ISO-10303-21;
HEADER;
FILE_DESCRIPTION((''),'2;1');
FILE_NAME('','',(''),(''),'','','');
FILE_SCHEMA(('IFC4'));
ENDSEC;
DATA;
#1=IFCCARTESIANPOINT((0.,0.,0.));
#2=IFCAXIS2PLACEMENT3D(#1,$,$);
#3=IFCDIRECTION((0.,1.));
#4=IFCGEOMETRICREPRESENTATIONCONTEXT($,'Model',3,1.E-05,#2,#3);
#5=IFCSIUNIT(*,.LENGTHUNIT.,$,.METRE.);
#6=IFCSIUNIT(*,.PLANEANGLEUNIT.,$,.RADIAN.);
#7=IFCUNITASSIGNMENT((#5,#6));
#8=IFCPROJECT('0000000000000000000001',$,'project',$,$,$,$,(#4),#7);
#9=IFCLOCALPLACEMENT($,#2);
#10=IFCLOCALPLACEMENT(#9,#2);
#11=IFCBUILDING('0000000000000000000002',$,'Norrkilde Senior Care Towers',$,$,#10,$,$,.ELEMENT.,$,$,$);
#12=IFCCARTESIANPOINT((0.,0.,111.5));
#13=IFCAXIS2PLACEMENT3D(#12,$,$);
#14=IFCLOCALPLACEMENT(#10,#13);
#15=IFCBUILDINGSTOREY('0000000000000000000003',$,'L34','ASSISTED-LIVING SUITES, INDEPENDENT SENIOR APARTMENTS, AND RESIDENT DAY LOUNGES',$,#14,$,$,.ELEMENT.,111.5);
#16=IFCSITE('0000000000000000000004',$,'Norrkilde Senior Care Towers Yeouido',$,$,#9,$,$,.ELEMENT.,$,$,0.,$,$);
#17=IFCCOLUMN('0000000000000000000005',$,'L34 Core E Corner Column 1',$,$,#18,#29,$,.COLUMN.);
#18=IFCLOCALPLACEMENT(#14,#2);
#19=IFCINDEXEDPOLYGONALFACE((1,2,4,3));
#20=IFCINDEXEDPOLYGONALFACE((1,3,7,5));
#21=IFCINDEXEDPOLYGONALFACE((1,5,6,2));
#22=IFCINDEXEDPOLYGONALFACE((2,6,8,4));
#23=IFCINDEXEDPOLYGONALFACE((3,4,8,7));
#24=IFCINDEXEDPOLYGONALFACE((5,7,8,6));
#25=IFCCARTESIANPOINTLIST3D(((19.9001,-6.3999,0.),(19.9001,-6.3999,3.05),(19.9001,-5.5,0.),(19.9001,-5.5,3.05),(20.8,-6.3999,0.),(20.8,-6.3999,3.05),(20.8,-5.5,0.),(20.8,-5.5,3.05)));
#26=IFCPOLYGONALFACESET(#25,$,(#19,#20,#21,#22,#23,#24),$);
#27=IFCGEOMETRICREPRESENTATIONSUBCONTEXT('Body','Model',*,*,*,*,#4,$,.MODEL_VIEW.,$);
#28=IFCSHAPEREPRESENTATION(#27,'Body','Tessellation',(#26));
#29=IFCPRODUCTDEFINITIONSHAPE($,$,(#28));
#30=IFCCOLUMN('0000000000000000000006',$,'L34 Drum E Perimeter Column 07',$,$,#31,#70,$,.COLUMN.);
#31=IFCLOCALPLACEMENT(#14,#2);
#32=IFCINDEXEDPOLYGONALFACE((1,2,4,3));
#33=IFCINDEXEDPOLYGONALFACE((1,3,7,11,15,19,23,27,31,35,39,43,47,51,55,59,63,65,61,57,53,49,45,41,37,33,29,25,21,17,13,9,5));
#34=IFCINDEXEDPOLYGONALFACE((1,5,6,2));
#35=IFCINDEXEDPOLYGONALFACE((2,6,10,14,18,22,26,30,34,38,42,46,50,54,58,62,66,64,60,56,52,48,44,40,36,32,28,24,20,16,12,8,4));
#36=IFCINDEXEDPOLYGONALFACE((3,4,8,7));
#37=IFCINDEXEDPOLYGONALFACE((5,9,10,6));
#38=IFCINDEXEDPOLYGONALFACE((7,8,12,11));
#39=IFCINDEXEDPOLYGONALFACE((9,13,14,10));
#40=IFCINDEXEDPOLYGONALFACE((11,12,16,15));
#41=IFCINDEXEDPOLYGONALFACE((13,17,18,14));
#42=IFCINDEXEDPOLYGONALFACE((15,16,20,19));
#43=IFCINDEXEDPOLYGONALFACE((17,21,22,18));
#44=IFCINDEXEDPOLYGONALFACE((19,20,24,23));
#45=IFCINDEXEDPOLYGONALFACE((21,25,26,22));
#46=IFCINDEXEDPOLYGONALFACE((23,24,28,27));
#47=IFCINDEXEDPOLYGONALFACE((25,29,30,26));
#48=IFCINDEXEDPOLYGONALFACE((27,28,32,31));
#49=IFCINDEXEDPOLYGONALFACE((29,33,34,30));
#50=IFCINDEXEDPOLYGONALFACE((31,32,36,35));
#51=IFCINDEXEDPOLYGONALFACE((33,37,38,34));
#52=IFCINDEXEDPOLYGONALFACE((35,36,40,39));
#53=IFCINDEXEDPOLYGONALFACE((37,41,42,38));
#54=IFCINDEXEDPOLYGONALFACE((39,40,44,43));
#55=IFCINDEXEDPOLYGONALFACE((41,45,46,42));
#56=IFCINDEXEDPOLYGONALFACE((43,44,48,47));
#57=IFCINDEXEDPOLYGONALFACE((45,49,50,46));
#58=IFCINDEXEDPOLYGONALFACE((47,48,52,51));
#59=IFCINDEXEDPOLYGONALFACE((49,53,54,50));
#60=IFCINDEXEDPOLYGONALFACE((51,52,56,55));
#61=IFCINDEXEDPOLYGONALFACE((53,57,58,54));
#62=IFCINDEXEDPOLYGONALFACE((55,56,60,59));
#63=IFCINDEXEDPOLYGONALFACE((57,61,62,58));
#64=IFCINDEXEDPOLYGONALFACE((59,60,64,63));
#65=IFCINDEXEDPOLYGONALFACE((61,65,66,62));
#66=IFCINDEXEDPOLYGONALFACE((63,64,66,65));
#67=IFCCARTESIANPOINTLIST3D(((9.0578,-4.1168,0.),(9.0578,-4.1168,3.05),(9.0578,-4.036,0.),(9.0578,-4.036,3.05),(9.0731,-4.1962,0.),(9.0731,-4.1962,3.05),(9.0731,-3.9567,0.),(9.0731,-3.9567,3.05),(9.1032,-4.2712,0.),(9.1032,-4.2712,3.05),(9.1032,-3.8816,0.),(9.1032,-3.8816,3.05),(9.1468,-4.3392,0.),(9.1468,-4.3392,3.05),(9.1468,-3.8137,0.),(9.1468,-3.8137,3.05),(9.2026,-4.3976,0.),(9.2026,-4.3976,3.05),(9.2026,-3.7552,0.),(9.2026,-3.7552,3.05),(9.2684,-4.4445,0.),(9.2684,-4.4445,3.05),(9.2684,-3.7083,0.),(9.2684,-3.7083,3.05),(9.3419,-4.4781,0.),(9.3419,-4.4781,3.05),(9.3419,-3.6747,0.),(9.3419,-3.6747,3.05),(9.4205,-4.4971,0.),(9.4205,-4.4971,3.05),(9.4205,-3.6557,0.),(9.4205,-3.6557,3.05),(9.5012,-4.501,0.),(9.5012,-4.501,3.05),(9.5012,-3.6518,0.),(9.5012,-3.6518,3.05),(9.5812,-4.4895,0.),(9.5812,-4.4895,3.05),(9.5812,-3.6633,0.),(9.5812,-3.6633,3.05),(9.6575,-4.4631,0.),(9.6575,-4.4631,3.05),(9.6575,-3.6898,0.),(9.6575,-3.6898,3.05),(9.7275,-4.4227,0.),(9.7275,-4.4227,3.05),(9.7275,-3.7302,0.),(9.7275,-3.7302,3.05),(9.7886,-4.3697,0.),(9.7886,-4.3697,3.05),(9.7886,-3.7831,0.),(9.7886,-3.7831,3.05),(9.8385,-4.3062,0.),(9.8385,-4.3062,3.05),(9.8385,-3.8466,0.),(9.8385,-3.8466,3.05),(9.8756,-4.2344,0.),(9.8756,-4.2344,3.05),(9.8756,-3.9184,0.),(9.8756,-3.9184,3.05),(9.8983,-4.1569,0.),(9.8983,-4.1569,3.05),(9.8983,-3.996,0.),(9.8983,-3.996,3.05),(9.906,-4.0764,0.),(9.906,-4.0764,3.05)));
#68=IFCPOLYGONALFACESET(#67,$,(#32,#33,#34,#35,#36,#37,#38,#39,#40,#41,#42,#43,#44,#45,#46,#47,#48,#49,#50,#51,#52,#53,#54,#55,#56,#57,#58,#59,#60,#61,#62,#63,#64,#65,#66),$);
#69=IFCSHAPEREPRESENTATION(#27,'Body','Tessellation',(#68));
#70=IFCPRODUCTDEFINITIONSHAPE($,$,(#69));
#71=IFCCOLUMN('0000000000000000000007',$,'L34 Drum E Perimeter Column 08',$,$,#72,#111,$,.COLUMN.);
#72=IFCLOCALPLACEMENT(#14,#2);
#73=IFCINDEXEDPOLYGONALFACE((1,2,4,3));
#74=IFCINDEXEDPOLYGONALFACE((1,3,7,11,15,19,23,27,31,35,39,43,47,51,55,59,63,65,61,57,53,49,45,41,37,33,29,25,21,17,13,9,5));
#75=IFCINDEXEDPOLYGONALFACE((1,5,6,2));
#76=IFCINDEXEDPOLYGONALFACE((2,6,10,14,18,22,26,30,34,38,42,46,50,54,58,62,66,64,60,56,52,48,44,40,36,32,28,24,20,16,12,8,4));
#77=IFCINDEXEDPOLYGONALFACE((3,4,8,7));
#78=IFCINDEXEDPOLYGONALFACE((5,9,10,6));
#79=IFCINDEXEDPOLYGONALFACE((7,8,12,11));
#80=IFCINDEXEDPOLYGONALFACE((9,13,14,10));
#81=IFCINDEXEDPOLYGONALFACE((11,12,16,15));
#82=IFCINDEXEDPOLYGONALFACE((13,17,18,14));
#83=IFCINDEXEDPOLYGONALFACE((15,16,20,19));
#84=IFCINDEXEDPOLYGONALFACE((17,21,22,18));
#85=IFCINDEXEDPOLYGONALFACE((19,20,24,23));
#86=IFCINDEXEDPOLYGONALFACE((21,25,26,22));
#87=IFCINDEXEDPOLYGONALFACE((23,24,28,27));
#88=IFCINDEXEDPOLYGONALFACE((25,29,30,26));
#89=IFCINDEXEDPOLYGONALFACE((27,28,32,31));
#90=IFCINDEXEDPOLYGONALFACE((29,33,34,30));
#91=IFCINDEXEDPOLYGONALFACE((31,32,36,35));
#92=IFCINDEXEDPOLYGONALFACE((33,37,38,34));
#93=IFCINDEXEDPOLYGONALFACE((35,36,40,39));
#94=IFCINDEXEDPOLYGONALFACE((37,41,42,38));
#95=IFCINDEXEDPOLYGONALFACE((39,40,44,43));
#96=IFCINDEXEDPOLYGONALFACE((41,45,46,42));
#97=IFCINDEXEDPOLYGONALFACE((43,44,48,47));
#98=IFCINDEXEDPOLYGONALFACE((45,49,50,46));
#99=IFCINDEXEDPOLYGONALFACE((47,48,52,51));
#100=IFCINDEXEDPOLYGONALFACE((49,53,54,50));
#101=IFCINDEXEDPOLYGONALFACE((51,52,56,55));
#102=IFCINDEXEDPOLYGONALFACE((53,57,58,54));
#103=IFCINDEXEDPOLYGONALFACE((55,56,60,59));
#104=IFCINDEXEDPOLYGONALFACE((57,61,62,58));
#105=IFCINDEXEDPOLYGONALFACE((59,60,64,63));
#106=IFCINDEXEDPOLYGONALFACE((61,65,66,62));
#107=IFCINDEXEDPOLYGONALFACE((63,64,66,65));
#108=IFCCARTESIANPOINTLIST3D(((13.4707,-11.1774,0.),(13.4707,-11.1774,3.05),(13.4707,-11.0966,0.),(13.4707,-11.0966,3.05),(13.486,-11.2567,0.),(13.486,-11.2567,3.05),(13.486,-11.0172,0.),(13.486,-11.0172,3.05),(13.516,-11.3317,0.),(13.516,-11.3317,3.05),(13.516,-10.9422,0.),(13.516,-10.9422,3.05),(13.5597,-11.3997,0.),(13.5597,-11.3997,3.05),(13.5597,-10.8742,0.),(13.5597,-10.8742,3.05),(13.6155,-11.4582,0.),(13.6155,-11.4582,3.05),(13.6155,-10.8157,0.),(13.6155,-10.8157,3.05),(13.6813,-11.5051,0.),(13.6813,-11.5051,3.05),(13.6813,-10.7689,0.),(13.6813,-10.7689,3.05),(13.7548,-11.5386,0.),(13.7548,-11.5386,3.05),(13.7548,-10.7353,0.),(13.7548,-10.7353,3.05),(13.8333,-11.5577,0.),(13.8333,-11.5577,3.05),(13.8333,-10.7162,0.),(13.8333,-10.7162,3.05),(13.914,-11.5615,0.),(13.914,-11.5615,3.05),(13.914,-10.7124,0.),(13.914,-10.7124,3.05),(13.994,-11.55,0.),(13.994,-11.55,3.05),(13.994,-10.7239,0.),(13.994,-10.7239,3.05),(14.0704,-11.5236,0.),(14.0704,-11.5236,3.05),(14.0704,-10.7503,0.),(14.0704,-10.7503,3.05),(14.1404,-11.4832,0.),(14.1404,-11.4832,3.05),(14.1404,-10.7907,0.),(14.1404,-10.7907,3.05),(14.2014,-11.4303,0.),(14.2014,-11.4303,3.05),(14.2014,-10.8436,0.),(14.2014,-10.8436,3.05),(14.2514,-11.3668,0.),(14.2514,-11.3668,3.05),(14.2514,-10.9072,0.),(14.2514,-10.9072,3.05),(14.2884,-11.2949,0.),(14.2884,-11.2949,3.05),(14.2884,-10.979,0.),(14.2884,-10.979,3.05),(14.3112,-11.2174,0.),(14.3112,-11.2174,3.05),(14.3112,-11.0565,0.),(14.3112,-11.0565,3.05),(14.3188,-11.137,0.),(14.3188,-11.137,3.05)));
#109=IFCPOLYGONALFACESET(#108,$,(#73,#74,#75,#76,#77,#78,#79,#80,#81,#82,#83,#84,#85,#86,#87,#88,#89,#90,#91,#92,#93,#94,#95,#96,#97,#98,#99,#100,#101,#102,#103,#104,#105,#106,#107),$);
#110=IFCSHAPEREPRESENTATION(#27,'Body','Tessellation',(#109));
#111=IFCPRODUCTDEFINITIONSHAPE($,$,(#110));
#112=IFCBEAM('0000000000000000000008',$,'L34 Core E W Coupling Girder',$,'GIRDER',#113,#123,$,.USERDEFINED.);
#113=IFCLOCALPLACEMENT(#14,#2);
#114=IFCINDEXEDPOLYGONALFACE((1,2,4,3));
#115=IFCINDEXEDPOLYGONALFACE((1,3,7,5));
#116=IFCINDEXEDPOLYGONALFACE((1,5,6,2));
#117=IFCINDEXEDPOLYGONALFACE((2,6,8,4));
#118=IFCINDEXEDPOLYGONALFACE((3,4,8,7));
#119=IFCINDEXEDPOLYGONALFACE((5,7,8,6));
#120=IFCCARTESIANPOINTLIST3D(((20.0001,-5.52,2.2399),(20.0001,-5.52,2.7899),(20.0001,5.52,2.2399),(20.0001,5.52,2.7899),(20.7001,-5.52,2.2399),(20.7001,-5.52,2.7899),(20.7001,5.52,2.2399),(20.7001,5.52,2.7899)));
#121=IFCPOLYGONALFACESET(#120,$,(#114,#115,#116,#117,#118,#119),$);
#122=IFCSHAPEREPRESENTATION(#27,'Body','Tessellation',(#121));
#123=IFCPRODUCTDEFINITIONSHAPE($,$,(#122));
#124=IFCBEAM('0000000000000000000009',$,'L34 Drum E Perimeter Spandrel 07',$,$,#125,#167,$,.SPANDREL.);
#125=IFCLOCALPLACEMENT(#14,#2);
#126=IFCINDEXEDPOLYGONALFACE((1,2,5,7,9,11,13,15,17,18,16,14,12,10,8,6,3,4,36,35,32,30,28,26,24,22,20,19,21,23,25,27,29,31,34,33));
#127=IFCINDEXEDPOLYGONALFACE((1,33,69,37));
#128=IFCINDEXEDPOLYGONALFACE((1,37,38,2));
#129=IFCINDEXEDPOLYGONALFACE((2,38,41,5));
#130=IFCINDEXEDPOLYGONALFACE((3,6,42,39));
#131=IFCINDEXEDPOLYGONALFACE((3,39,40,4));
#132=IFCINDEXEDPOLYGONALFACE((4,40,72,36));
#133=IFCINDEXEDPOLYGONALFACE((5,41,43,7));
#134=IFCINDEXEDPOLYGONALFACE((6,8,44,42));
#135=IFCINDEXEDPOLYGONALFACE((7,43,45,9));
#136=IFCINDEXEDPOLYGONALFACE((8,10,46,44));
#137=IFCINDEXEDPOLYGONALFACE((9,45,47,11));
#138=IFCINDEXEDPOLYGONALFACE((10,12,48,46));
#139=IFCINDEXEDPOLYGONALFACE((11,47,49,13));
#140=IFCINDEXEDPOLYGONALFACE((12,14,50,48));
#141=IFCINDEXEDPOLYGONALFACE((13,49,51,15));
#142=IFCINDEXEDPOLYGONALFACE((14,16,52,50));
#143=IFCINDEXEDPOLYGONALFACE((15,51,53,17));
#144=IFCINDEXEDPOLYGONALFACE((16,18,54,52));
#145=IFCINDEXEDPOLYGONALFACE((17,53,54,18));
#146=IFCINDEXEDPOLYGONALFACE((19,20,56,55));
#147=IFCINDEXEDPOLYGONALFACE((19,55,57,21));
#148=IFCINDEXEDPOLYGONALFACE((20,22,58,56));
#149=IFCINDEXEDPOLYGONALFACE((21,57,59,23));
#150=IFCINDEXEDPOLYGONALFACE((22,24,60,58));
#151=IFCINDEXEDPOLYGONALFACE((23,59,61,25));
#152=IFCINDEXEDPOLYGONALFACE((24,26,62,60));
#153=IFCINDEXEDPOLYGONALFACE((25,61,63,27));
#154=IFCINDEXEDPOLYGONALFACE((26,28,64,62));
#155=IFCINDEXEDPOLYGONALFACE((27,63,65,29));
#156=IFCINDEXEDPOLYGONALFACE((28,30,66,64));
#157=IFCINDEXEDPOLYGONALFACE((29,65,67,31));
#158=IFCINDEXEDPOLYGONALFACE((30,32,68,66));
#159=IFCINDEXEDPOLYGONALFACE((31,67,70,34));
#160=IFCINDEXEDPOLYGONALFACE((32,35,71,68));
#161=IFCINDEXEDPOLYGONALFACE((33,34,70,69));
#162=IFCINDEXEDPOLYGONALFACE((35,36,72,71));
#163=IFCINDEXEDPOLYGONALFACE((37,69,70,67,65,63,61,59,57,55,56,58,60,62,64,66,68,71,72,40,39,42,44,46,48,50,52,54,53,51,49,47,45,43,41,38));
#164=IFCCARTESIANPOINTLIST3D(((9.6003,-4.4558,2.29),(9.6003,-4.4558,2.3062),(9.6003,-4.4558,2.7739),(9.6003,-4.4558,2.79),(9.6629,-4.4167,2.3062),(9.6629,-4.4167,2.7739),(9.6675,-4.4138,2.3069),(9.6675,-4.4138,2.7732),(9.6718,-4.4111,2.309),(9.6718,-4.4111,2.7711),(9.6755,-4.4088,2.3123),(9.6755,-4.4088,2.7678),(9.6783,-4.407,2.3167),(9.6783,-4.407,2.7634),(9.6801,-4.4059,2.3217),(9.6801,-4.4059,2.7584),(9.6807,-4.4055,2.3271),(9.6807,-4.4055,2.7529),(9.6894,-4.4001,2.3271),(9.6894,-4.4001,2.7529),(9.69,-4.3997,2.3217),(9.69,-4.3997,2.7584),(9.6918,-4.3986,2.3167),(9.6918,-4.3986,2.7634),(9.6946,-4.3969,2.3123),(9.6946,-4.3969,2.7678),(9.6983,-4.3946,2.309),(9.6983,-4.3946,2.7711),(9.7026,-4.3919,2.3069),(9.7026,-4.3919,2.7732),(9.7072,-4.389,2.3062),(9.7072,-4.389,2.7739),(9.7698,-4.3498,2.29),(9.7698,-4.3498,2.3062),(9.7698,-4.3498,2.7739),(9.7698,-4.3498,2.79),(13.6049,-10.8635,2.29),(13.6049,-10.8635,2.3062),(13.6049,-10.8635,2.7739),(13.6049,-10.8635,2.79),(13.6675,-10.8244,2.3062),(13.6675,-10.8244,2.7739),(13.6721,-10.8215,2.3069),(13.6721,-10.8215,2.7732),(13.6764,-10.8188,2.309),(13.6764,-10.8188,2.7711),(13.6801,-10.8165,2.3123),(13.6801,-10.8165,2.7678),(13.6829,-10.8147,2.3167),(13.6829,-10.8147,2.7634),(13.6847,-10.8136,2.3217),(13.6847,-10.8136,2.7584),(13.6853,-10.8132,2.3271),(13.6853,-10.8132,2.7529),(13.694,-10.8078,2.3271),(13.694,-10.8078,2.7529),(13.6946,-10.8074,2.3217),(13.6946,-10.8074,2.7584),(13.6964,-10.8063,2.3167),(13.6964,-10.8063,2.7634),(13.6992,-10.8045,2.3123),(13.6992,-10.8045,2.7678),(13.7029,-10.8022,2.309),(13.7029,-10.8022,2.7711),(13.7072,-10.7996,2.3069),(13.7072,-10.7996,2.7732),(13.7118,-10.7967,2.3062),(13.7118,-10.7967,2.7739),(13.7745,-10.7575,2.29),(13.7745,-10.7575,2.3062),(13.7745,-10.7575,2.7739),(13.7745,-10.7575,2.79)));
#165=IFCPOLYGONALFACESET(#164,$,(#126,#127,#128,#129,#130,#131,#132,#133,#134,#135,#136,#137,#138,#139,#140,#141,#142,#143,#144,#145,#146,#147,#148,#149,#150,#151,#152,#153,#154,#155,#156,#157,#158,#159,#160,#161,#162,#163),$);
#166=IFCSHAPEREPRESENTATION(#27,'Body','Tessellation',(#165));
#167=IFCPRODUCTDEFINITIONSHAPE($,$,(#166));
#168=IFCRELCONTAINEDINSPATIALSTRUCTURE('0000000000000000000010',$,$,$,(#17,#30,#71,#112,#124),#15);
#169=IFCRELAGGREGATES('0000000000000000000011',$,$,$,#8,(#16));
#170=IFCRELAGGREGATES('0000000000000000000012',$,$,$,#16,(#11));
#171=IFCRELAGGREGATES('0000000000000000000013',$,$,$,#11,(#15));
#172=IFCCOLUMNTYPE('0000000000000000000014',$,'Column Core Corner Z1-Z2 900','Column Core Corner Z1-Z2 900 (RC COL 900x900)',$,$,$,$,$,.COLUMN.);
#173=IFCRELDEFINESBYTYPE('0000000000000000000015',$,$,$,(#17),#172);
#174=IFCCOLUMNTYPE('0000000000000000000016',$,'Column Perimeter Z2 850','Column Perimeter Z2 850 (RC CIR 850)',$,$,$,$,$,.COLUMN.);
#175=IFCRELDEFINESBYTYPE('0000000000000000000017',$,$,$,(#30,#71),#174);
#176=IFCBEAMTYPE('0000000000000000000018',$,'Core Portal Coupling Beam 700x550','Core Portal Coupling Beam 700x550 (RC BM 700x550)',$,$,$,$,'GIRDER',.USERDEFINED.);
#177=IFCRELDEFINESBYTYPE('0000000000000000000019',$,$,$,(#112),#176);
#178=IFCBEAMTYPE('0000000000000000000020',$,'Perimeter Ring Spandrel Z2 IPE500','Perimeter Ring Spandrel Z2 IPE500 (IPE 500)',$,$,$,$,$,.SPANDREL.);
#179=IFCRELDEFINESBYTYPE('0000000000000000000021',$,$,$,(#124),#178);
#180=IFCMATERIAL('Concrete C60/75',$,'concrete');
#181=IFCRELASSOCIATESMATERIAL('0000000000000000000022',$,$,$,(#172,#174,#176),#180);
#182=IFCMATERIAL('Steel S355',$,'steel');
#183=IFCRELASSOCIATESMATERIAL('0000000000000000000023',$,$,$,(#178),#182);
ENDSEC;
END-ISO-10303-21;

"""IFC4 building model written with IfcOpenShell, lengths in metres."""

from ifc_helpers import new_model, si_unit, direction, frame, origin, origin_2d, place, context, subcontext, project, spatial, rectangle, circle, i_section, extrude, source, transform, mapped, material, material_profile, profile_set, type_object, type_shapes, element, save


model = new_model("IFC4")

# Units and contexts
model_context = context("Model", 3, precision=1e-05, world=origin(), true_north=direction((0.0, 1.0)))
body_context = subcontext(model_context, "Body", "Model", "MODEL_VIEW")
ifc_project = project(units=[si_unit("LENGTHUNIT", "METRE"), si_unit("PLANEANGLEUNIT", "RADIAN")], contexts=[model_context])

# Site, building, storey
site_placement = place(None, origin())
site = spatial("IfcSite", under=ifc_project, at=site_placement, Name="Norrkilde Senior Care Towers Yeouido", CompositionType="ELEMENT", RefElevation=0.0)
building_placement = place(site_placement, origin())
building = spatial("IfcBuilding", under=site, at=building_placement, Name="Norrkilde Senior Care Towers", CompositionType="ELEMENT")
storey_placement = place(building_placement, frame((0.0, 0.0, 111.5)))
storey = spatial("IfcBuildingStorey", under=building, at=storey_placement, Name="L34", Description="ASSISTED-LIVING SUITES, INDEPENDENT SENIOR APARTMENTS, AND RESIDENT DAY LOUNGES", CompositionType="ELEMENT", Elevation=111.5)

# Columns
ifc_material_1 = material(Name="Concrete C60/75", Category="concrete")
ifc_material_profile_1 = material_profile(ifc_material_1, rectangle(XDim=0.8999, YDim=0.8999, at=origin_2d()), Name="RC COL 900x900")
ifc_profile_set_1 = profile_set([ifc_material_profile_1], Name="Concrete C60/75")
column_type_1 = type_object("IfcColumnType", Name="Column Core Corner Z1-Z2 900", Description="Column Core Corner Z1-Z2 900 (RC COL 900x900)", PredefinedType="COLUMN", material=ifc_profile_set_1)
shared_shape_1 = source(origin(), body_context, "Body", "SweptSolid", [
    extrude(rectangle(XDim=0.8999, YDim=0.8999, at=origin_2d()), origin(), (0.0, 0.0, 1.0), 3.05),
])
type_shapes(column_type_1, [shared_shape_1])
column_placement = place(storey_placement, frame((20.3501, -5.95, 0.0), z_axis=(0.0, 0.0, 1.0), x_axis=(1.0, 0.0, 0.0)))
element("IfcColumn", 1, at=column_placement, inside=storey, type_object=column_type_1, Name="L34 Core E Corner Column 1", PredefinedType="COLUMN", context=body_context, shape_type="MappedRepresentation", body=[
    mapped(shared_shape_1, transform((0.0, 0.0, 0.0), x_axis=(1.0, 0.0, 0.0), y_axis=(0.0, 1.0, 0.0), z_axis=(0.0, 0.0, 1.0), scale=1.0)),
])
ifc_material_profile_2 = material_profile(ifc_material_1, circle(Radius=0.425, at=origin_2d()), Name="RC CIR 850")
ifc_profile_set_2 = profile_set([ifc_material_profile_2], Name="Concrete C60/75")
column_type_2 = type_object("IfcColumnType", Name="Column Perimeter Z2 850", Description="Column Perimeter Z2 850 (RC CIR 850)", PredefinedType="COLUMN", material=ifc_profile_set_2)
shared_shape_2 = source(origin(), body_context, "Body", "SweptSolid", [
    extrude(circle(Radius=0.425, at=origin_2d()), origin(), (0.0, 0.0, 1.0), 3.05),
])
type_shapes(column_type_2, [shared_shape_2])
for number, where, z_axis, x_axis, name in (
    (2, (9.481, -4.0764, 0.0), (0.0, 0.0, 1.0), (1.0, 0.0, 0.0), "L34 Drum E Perimeter Column 07"),
    (3, (13.8938, -11.137, 0.0), (0.0, 0.0, 1.0), (1.0, 0.0, 0.0), "L34 Drum E Perimeter Column 08"),
):
    element("IfcColumn", number, at=place(storey_placement, frame(where, z_axis=z_axis, x_axis=x_axis)), inside=storey, type_object=column_type_2, Name=name, PredefinedType="COLUMN", context=body_context, shape_type="MappedRepresentation", body=[
        mapped(shared_shape_2, transform((0.0, 0.0, 0.0), x_axis=(1.0, 0.0, 0.0), y_axis=(0.0, 1.0, 0.0), z_axis=(0.0, 0.0, 1.0), scale=1.0)),
    ])

# Beams
ifc_material_profile_3 = material_profile(ifc_material_1, rectangle(XDim=0.7, YDim=0.55, at=origin_2d()), Name="RC BM 700x550")
ifc_profile_set_3 = profile_set([ifc_material_profile_3], Name="Concrete C60/75")
beam_type_1 = type_object("IfcBeamType", Name="Core Portal Coupling Beam 700x550", Description="Core Portal Coupling Beam 700x550 (RC BM 700x550)", ElementType="GIRDER", PredefinedType="USERDEFINED", material=ifc_profile_set_3)
shared_shape_3 = source(origin(), body_context, "Body", "SweptSolid", [
    extrude(rectangle(XDim=0.7, YDim=0.55, at=origin_2d()), origin(), (0.0, 0.0, 1.0), 11.04),
])
type_shapes(beam_type_1, [shared_shape_3])
beam_1_placement = place(storey_placement, frame((20.3501, -5.52, 2.5149), z_axis=(0.0, 1.0, 0.0), x_axis=(-1.0, 0.0, 0.0)))
element("IfcBeam", 4, at=beam_1_placement, inside=storey, type_object=beam_type_1, Name="L34 Core E W Coupling Girder", ObjectType="GIRDER", PredefinedType="USERDEFINED", context=body_context, shape_type="MappedRepresentation", body=[
    mapped(shared_shape_3, transform((0.0, 0.0, 0.0), x_axis=(1.0, 0.0, 0.0), y_axis=(0.0, 1.0, 0.0), z_axis=(0.0, 0.0, 1.0), scale=1.0)),
])
ifc_material_2 = material(Name="Steel S355", Category="steel")
ifc_material_profile_4 = material_profile(ifc_material_2, i_section(OverallWidth=0.2, OverallDepth=0.5, WebThickness=0.0103, FlangeThickness=0.0161, FilletRadius=0.021, at=origin_2d()), Name="IPE 500")
ifc_profile_set_4 = profile_set([ifc_material_profile_4], Name="Steel S355")
beam_type_2 = type_object("IfcBeamType", Name="Perimeter Ring Spandrel Z2 IPE500", Description="Perimeter Ring Spandrel Z2 IPE500 (IPE 500)", PredefinedType="SPANDREL", material=ifc_profile_set_4)
shared_shape_4 = source(origin(), body_context, "Body", "SweptSolid", [
    extrude(i_section(OverallWidth=0.2, OverallDepth=0.5, WebThickness=0.0103, FlangeThickness=0.0161, FilletRadius=0.021, at=origin_2d()), origin(), (0.0, 0.0, 1.0), 7.5562),
])
beam_2_placement = place(storey_placement, frame((9.6851, -4.4028, 2.54), z_axis=(0.529982, -0.848009, 0.0), x_axis=(0.848009, 0.529982, 0.0)))
element("IfcBeam", 5, at=beam_2_placement, inside=storey, type_object=beam_type_2, Name="L34 Drum E Perimeter Spandrel 07", PredefinedType="SPANDREL", context=body_context, shape_type="MappedRepresentation", body=[
    mapped(shared_shape_4, transform((0.0, 0.0, 0.0), x_axis=(1.0, 0.0, 0.0), y_axis=(0.0, 1.0, 0.0), z_axis=(0.0, 0.0, 1.0), scale=1.0)),
])

save(model, "model.ifc")
